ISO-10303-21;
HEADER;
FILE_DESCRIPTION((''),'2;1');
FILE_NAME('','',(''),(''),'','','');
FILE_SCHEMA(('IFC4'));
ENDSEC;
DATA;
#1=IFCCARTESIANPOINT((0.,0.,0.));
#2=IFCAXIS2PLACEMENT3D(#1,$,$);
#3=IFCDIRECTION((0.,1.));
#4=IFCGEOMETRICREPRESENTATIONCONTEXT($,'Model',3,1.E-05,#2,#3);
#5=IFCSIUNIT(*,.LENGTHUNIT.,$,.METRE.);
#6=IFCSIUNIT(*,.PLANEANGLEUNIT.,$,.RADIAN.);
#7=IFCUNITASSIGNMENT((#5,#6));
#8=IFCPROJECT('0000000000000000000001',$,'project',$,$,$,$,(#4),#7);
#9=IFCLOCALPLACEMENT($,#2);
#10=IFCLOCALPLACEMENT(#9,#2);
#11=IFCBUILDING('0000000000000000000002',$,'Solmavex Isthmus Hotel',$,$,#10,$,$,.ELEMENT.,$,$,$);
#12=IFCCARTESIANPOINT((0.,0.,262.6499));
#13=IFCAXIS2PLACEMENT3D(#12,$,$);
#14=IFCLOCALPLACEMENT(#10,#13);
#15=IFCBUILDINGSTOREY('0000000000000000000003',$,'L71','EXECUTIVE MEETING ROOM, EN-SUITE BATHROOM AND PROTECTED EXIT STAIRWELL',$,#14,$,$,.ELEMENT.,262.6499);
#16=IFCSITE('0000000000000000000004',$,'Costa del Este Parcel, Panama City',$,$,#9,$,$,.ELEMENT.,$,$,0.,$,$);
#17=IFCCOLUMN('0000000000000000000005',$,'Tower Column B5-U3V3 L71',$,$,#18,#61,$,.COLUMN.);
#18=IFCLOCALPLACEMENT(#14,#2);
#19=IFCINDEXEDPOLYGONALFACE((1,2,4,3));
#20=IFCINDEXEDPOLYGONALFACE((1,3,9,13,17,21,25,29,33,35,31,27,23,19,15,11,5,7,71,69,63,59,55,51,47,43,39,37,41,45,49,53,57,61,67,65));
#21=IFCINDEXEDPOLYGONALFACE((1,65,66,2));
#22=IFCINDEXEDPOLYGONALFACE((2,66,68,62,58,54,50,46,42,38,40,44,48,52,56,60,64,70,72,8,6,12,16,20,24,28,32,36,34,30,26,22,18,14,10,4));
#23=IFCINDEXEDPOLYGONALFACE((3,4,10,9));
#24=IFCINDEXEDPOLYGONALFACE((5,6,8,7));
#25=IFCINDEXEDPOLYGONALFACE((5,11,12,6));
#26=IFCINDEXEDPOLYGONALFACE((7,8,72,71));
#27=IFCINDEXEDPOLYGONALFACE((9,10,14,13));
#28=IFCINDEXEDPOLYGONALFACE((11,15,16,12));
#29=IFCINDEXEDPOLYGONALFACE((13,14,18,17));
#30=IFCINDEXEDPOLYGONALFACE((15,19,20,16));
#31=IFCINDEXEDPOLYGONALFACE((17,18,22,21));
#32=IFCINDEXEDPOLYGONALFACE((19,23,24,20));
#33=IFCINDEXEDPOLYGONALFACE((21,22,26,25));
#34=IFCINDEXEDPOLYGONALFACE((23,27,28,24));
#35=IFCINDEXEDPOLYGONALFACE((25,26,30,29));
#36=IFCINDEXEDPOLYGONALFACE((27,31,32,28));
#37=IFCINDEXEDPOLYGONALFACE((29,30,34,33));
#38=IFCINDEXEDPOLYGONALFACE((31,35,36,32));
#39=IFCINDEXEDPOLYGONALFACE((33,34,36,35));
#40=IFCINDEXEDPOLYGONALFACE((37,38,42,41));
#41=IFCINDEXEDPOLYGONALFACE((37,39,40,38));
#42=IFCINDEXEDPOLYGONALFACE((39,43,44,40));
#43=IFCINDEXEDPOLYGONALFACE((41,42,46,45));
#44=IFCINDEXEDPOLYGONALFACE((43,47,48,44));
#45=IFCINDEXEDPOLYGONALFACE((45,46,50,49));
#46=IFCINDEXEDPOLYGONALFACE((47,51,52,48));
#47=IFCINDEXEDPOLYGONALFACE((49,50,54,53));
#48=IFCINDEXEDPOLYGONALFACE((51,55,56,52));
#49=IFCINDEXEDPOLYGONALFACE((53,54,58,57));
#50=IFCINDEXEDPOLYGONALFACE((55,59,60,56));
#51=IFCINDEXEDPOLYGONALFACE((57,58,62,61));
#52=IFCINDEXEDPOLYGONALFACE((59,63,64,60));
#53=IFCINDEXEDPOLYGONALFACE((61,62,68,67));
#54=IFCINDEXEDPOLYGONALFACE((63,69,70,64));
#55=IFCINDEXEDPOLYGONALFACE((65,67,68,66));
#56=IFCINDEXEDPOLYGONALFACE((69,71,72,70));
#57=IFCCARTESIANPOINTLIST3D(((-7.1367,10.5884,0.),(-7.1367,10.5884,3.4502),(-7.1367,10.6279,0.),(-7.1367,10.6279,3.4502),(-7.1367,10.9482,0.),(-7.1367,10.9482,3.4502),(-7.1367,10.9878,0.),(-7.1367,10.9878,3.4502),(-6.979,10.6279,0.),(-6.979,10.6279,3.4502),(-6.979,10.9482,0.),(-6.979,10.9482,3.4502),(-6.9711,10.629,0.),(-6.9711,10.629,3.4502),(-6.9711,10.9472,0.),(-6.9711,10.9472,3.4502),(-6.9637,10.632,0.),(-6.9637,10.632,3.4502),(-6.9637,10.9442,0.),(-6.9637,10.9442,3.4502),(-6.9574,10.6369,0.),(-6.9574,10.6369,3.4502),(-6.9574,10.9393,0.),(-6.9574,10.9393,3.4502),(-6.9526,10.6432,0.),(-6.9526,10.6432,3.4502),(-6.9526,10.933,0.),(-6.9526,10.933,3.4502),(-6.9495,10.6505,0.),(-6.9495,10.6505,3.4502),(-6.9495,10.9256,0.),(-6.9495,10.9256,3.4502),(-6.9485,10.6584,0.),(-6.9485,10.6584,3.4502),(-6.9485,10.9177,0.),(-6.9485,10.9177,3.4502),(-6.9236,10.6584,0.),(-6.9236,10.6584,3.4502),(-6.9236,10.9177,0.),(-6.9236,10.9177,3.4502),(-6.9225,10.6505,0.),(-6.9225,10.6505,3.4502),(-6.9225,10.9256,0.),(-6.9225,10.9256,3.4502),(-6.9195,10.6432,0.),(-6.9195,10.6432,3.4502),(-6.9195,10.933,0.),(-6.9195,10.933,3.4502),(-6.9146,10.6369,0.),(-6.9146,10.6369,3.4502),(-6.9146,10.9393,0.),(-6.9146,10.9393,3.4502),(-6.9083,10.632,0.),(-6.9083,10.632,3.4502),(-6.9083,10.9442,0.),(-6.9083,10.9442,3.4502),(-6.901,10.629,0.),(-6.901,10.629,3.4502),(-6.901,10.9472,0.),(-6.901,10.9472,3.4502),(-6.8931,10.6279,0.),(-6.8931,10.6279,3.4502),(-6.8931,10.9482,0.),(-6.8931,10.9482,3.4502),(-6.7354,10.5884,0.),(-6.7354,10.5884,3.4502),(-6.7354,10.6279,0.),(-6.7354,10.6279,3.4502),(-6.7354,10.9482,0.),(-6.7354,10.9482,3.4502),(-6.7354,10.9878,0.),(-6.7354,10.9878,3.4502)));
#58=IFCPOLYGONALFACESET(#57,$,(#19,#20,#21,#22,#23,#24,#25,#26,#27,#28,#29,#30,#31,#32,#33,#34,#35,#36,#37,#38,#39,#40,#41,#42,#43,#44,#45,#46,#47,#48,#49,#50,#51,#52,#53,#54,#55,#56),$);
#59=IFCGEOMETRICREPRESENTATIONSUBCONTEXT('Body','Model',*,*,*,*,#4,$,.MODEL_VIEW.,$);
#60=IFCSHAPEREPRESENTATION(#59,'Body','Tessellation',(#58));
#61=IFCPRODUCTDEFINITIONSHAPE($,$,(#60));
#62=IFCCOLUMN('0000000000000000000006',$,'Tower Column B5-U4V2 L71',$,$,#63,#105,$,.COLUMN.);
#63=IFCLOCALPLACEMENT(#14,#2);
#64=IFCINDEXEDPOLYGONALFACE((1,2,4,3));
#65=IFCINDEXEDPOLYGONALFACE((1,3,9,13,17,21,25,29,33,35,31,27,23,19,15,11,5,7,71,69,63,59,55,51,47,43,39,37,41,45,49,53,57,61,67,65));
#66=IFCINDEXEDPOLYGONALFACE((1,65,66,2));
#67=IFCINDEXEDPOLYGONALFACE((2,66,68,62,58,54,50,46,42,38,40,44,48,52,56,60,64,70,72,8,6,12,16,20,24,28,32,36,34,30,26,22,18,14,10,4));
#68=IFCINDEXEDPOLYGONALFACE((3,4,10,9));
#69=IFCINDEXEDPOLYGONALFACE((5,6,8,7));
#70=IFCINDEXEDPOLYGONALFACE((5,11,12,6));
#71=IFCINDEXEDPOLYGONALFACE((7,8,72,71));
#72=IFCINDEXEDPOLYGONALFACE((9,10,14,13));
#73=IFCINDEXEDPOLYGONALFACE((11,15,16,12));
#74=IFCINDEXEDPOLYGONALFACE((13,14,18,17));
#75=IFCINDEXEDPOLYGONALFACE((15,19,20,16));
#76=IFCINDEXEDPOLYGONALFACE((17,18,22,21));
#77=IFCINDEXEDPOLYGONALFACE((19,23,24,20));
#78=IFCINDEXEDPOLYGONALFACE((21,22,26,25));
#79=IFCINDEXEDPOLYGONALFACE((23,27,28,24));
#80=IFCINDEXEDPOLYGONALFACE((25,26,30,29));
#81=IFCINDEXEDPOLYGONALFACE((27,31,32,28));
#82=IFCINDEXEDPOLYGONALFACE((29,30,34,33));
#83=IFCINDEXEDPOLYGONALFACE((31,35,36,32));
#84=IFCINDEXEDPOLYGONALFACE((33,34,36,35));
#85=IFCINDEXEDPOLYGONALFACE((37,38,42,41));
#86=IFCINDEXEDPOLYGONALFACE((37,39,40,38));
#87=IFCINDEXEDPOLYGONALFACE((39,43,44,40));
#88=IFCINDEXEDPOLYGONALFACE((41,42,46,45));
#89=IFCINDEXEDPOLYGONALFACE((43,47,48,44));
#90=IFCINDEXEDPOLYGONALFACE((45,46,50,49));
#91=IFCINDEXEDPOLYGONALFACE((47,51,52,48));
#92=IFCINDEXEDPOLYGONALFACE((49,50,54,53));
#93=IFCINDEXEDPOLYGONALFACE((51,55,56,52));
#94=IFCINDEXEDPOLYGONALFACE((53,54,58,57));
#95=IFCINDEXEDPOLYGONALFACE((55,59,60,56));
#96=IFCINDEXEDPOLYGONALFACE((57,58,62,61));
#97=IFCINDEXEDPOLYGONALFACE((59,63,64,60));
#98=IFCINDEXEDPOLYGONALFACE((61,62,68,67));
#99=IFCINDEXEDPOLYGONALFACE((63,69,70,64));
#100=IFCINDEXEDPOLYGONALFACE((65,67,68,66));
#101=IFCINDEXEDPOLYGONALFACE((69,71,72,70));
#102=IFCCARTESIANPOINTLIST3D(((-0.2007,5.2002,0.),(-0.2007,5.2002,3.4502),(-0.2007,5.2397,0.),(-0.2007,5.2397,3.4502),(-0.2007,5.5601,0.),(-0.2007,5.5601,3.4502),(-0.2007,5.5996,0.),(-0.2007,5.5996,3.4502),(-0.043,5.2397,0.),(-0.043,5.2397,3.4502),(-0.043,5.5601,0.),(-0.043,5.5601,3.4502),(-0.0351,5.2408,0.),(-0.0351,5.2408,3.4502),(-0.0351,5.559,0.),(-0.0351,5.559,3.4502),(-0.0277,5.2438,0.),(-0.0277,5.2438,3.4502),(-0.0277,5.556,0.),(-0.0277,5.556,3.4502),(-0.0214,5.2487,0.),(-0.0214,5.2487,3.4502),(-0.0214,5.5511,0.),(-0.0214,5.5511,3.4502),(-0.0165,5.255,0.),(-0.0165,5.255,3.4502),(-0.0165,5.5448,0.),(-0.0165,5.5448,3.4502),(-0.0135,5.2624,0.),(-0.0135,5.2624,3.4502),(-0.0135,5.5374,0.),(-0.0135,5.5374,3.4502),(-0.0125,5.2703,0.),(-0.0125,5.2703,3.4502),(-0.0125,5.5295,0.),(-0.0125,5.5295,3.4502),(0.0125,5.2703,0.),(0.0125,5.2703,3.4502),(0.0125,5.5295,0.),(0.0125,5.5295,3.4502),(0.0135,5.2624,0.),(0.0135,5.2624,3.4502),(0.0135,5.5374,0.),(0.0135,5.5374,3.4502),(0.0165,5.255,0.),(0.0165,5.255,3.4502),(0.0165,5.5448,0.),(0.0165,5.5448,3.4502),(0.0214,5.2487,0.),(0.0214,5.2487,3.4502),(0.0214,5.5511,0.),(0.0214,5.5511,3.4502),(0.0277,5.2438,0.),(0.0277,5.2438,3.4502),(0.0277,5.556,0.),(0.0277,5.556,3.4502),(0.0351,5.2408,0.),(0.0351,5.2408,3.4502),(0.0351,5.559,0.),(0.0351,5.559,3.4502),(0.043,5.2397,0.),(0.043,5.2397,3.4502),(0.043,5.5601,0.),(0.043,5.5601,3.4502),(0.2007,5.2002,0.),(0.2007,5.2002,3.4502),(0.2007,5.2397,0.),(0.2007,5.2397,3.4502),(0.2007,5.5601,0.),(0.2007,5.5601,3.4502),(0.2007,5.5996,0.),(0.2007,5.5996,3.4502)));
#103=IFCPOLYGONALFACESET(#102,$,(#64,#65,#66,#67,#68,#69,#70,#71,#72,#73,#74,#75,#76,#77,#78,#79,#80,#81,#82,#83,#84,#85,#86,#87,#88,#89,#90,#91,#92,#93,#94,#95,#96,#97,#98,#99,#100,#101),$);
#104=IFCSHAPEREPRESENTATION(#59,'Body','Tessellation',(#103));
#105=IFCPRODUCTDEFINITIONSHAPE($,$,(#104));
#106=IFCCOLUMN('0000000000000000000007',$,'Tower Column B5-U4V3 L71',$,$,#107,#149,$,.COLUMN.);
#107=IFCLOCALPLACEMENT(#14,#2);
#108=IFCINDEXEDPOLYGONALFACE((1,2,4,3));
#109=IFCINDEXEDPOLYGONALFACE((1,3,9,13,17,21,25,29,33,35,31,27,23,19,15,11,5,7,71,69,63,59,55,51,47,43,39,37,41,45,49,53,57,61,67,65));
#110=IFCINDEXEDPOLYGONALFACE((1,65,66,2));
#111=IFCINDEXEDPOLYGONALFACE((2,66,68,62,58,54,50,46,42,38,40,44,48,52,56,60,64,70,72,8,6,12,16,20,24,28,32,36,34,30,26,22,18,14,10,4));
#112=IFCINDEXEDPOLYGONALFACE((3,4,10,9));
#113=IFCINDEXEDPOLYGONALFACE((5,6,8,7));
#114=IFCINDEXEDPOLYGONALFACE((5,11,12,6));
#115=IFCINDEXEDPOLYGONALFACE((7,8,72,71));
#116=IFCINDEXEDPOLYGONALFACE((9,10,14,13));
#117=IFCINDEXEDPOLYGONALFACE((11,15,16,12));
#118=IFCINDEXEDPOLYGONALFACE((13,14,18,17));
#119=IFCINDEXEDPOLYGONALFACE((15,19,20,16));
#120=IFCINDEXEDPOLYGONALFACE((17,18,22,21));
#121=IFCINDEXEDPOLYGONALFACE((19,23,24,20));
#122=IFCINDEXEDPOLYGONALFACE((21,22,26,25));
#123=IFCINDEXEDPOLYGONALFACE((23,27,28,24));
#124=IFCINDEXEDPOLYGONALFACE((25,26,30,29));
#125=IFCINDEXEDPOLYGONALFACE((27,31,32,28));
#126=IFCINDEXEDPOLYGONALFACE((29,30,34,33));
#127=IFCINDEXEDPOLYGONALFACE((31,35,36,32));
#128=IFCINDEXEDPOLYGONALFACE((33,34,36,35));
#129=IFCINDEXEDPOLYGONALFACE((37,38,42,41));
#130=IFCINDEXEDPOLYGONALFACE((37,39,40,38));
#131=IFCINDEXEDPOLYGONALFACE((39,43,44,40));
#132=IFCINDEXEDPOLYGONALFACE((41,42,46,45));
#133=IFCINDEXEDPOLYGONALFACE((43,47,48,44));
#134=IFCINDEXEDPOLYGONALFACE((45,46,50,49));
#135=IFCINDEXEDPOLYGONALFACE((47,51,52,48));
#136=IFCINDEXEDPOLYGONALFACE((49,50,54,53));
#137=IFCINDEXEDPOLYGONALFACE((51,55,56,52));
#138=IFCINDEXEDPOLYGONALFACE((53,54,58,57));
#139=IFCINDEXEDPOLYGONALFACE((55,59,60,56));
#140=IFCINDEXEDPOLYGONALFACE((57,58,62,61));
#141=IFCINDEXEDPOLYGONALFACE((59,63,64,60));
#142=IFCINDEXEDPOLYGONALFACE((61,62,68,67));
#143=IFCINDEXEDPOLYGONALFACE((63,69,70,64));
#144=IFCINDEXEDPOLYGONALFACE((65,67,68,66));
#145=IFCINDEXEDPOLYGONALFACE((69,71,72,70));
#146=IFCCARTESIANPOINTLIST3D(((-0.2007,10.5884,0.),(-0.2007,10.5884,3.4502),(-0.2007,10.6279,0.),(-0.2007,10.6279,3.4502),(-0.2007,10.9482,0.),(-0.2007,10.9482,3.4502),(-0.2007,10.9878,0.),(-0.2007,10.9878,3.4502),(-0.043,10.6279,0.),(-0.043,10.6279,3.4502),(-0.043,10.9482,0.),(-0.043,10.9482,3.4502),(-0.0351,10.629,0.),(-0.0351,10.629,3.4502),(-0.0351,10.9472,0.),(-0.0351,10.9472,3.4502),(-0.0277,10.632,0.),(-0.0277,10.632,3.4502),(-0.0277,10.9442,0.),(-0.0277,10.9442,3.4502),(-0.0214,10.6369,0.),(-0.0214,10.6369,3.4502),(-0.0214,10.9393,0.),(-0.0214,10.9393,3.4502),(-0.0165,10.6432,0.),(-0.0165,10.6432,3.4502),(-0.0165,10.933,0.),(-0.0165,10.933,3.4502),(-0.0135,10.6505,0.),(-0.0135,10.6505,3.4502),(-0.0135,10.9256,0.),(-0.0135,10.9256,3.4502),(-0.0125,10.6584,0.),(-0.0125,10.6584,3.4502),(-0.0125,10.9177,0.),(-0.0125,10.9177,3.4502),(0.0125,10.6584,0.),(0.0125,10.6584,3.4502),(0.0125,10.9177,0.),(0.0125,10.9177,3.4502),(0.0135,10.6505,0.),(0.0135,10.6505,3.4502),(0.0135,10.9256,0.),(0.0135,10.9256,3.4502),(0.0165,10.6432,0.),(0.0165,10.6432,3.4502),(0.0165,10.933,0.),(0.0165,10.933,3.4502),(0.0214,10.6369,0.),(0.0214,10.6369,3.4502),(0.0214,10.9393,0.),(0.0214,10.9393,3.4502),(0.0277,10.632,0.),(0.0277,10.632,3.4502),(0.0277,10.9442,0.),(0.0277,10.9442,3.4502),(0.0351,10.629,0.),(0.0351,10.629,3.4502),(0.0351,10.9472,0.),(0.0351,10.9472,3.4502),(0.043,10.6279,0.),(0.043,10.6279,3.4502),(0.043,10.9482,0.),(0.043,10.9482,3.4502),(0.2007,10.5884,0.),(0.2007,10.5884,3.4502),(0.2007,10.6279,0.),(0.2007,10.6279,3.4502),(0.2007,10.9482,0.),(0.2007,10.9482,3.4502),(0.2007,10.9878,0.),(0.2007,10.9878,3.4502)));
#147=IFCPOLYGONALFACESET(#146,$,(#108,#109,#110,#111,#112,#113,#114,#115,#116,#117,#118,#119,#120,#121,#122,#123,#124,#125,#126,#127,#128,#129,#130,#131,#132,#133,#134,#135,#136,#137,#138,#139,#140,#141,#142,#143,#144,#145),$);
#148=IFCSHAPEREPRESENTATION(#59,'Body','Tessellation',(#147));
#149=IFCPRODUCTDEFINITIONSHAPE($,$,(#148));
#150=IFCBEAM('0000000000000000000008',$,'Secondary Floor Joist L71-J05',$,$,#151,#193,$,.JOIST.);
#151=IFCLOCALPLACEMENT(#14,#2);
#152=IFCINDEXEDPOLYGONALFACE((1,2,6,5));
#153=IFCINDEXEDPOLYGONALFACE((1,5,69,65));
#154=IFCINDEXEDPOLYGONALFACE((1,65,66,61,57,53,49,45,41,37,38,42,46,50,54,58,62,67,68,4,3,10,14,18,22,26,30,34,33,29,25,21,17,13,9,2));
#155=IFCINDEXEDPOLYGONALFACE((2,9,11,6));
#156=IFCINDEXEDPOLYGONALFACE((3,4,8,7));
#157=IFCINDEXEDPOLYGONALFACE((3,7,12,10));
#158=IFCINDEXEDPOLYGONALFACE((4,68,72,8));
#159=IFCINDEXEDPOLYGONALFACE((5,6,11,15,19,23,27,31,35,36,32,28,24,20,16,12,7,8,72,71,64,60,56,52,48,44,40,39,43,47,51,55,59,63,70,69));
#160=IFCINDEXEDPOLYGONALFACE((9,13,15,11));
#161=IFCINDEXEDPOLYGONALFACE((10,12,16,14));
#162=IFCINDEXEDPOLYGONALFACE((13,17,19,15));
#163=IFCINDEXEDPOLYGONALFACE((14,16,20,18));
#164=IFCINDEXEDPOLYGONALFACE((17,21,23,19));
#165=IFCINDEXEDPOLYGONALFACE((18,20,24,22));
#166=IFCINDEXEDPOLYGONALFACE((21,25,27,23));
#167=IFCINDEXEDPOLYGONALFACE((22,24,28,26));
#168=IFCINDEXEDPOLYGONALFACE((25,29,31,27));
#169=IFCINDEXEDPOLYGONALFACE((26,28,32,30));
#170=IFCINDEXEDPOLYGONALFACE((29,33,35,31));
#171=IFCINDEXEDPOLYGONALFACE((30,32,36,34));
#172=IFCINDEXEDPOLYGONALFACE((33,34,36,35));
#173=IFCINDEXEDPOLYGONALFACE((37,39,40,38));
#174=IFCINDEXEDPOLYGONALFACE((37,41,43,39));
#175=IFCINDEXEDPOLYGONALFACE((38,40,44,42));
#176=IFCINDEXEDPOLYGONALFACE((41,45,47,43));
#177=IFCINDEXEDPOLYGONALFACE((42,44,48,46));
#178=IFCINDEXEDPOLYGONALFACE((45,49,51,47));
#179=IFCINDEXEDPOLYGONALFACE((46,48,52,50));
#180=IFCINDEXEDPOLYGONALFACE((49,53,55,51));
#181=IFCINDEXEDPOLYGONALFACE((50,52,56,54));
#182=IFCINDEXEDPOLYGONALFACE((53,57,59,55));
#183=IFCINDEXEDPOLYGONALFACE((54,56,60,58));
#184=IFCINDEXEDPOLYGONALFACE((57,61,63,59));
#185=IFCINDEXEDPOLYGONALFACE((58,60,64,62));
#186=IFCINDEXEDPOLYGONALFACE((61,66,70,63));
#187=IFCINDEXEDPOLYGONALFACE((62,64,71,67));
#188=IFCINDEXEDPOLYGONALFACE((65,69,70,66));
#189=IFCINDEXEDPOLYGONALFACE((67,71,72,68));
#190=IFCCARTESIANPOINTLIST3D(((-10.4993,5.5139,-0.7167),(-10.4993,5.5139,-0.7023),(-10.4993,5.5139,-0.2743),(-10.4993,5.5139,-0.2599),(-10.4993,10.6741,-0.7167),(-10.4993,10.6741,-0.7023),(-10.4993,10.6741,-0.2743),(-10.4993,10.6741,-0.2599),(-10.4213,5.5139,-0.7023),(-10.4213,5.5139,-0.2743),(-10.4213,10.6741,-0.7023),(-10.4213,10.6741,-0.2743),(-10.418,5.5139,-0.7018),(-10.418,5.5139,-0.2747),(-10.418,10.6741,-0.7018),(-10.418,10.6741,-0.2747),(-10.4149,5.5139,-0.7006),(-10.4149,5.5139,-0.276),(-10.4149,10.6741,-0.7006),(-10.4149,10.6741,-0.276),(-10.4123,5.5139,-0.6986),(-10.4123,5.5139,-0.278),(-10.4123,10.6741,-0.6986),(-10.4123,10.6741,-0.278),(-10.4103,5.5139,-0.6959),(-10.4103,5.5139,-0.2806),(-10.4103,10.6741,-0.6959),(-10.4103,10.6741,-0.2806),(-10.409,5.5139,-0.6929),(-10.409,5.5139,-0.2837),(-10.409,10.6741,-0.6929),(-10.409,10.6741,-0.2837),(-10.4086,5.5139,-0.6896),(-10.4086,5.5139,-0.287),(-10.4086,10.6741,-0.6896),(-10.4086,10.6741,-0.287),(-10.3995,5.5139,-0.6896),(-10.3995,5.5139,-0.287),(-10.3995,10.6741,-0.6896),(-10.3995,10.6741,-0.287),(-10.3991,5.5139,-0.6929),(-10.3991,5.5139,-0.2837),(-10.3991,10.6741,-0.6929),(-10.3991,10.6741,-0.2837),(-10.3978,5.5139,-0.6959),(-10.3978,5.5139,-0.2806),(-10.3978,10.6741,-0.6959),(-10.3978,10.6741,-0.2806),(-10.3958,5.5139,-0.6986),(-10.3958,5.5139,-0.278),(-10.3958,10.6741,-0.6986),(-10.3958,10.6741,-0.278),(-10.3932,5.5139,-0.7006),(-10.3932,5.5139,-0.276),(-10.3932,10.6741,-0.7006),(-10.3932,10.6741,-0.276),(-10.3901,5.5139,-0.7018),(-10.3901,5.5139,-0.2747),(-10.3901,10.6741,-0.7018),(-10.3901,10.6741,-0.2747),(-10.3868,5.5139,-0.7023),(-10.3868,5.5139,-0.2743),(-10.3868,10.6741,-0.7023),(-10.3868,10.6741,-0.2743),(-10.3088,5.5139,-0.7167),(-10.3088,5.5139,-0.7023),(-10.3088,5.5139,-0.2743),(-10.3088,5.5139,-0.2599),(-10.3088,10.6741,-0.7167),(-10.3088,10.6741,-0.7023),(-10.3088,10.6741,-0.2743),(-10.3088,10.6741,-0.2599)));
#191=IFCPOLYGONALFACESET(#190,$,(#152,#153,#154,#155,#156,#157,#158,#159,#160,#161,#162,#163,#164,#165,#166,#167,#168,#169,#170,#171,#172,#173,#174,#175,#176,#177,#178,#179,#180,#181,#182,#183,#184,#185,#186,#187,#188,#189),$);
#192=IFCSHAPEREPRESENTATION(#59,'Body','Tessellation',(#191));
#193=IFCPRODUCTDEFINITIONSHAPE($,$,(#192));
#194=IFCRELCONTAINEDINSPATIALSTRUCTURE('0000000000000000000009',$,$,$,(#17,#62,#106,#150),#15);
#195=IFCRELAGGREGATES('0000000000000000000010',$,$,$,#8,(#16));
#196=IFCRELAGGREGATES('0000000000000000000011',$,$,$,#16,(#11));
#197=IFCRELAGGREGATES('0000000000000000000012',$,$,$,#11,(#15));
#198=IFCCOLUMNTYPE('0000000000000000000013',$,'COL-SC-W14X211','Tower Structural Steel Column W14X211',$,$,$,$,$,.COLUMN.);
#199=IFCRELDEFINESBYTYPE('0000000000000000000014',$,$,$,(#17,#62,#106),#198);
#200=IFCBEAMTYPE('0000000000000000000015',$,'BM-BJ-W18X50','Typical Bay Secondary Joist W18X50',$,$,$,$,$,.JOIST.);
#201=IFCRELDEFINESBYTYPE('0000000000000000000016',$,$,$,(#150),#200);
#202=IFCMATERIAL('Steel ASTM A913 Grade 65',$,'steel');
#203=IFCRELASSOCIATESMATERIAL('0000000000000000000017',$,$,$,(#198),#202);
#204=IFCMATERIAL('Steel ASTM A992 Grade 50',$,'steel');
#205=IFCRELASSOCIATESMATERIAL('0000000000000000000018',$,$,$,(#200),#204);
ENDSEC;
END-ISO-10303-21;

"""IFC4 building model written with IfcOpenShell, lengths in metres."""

from ifc_helpers import new_model, si_unit, direction, frame, origin, origin_2d, place, context, subcontext, project, spatial, i_section, extrude, material, material_profile, profile_set, type_object, element, save


model = new_model("IFC4")

# Units and contexts
model_context = context("Model", 3, precision=1e-05, world=origin(), true_north=direction((0.0, 1.0)))
body_context = subcontext(model_context, "Body", "Model", "MODEL_VIEW")
ifc_project = project(units=[si_unit("LENGTHUNIT", "METRE"), si_unit("PLANEANGLEUNIT", "RADIAN")], contexts=[model_context])

# Site, building, storey
site_placement = place(None, origin())
site = spatial("IfcSite", under=ifc_project, at=site_placement, Name="Costa del Este Parcel, Panama City", CompositionType="ELEMENT", RefElevation=0.0)
building_placement = place(site_placement, origin())
building = spatial("IfcBuilding", under=site, at=building_placement, Name="Solmavex Isthmus Hotel", CompositionType="ELEMENT")
storey_placement = place(building_placement, frame((0.0, 0.0, 262.6499)))
storey = spatial("IfcBuildingStorey", under=building, at=storey_placement, Name="L71", Description="EXECUTIVE MEETING ROOM, EN-SUITE BATHROOM AND PROTECTED EXIT STAIRWELL", CompositionType="ELEMENT", Elevation=262.6499)

# Columns
ifc_material_1 = material(Name="Steel ASTM A913 Grade 65", Category="steel")
ifc_material_profile_1 = material_profile(ifc_material_1, i_section(OverallWidth=0.4014, OverallDepth=0.3994, WebThickness=0.0249, FlangeThickness=0.0396, FilletRadius=0.0305, at=origin_2d()), Name="W14X211")
ifc_profile_set_1 = profile_set([ifc_material_profile_1], Name="Steel ASTM A913 Grade 65")
column_type = type_object("IfcColumnType", Name="COL-SC-W14X211", Description="Tower Structural Steel Column W14X211", PredefinedType="COLUMN", material=ifc_profile_set_1)
for number, where, z_axis, x_axis, name in (
    (1, (-6.936, 10.7881, 0.0), (0.0, 0.0, 1.0), (1.0, 0.0, 0.0), "Tower Column B5-U3V3 L71"),
    (2, (0.0, 5.3999, 0.0), (0.0, 0.0, 1.0), (1.0, 0.0, 0.0), "Tower Column B5-U4V2 L71"),
    (3, (0.0, 10.7881, 0.0), (0.0, 0.0, 1.0), (1.0, 0.0, 0.0), "Tower Column B5-U4V3 L71"),
):
    element("IfcColumn", number, at=place(storey_placement, frame(where, z_axis=z_axis, x_axis=x_axis)), inside=storey, type_object=column_type, Name=name, PredefinedType="COLUMN", context=body_context, shape_type="SweptSolid", body=[
        extrude(i_section(OverallWidth=0.4014, OverallDepth=0.3994, WebThickness=0.0249, FlangeThickness=0.0396, FilletRadius=0.0305, at=origin_2d()), origin(), (0.0, 0.0, 1.0), 3.4502),
    ])

# Beam
ifc_material_2 = material(Name="Steel ASTM A992 Grade 50", Category="steel")
ifc_material_profile_2 = material_profile(ifc_material_2, i_section(OverallWidth=0.1904, OverallDepth=0.4568, WebThickness=0.009, FlangeThickness=0.0144, FilletRadius=0.0127, at=origin_2d()), Name="W18X50")
ifc_profile_set_2 = profile_set([ifc_material_profile_2], Name="Steel ASTM A992 Grade 50")
beam_type_1 = type_object("IfcBeamType", Name="BM-BJ-W18X50", Description="Typical Bay Secondary Joist W18X50", PredefinedType="JOIST", material=ifc_profile_set_2)
beam_1_placement = place(storey_placement, frame((-10.4041, 5.5139, -0.4883), z_axis=(0.0, 1.0, 0.0), x_axis=(-1.0, 0.0, 0.0)))
element("IfcBeam", 4, at=beam_1_placement, inside=storey, type_object=beam_type_1, Name="Secondary Floor Joist L71-J05", PredefinedType="JOIST", context=body_context, shape_type="SweptSolid", body=[
    extrude(i_section(OverallWidth=0.1904, OverallDepth=0.4568, WebThickness=0.009, FlangeThickness=0.0144, FilletRadius=0.0127, at=origin_2d()), origin(), (0.0, 0.0, 1.0), 5.1602),
])

save(model, "model.ifc")
